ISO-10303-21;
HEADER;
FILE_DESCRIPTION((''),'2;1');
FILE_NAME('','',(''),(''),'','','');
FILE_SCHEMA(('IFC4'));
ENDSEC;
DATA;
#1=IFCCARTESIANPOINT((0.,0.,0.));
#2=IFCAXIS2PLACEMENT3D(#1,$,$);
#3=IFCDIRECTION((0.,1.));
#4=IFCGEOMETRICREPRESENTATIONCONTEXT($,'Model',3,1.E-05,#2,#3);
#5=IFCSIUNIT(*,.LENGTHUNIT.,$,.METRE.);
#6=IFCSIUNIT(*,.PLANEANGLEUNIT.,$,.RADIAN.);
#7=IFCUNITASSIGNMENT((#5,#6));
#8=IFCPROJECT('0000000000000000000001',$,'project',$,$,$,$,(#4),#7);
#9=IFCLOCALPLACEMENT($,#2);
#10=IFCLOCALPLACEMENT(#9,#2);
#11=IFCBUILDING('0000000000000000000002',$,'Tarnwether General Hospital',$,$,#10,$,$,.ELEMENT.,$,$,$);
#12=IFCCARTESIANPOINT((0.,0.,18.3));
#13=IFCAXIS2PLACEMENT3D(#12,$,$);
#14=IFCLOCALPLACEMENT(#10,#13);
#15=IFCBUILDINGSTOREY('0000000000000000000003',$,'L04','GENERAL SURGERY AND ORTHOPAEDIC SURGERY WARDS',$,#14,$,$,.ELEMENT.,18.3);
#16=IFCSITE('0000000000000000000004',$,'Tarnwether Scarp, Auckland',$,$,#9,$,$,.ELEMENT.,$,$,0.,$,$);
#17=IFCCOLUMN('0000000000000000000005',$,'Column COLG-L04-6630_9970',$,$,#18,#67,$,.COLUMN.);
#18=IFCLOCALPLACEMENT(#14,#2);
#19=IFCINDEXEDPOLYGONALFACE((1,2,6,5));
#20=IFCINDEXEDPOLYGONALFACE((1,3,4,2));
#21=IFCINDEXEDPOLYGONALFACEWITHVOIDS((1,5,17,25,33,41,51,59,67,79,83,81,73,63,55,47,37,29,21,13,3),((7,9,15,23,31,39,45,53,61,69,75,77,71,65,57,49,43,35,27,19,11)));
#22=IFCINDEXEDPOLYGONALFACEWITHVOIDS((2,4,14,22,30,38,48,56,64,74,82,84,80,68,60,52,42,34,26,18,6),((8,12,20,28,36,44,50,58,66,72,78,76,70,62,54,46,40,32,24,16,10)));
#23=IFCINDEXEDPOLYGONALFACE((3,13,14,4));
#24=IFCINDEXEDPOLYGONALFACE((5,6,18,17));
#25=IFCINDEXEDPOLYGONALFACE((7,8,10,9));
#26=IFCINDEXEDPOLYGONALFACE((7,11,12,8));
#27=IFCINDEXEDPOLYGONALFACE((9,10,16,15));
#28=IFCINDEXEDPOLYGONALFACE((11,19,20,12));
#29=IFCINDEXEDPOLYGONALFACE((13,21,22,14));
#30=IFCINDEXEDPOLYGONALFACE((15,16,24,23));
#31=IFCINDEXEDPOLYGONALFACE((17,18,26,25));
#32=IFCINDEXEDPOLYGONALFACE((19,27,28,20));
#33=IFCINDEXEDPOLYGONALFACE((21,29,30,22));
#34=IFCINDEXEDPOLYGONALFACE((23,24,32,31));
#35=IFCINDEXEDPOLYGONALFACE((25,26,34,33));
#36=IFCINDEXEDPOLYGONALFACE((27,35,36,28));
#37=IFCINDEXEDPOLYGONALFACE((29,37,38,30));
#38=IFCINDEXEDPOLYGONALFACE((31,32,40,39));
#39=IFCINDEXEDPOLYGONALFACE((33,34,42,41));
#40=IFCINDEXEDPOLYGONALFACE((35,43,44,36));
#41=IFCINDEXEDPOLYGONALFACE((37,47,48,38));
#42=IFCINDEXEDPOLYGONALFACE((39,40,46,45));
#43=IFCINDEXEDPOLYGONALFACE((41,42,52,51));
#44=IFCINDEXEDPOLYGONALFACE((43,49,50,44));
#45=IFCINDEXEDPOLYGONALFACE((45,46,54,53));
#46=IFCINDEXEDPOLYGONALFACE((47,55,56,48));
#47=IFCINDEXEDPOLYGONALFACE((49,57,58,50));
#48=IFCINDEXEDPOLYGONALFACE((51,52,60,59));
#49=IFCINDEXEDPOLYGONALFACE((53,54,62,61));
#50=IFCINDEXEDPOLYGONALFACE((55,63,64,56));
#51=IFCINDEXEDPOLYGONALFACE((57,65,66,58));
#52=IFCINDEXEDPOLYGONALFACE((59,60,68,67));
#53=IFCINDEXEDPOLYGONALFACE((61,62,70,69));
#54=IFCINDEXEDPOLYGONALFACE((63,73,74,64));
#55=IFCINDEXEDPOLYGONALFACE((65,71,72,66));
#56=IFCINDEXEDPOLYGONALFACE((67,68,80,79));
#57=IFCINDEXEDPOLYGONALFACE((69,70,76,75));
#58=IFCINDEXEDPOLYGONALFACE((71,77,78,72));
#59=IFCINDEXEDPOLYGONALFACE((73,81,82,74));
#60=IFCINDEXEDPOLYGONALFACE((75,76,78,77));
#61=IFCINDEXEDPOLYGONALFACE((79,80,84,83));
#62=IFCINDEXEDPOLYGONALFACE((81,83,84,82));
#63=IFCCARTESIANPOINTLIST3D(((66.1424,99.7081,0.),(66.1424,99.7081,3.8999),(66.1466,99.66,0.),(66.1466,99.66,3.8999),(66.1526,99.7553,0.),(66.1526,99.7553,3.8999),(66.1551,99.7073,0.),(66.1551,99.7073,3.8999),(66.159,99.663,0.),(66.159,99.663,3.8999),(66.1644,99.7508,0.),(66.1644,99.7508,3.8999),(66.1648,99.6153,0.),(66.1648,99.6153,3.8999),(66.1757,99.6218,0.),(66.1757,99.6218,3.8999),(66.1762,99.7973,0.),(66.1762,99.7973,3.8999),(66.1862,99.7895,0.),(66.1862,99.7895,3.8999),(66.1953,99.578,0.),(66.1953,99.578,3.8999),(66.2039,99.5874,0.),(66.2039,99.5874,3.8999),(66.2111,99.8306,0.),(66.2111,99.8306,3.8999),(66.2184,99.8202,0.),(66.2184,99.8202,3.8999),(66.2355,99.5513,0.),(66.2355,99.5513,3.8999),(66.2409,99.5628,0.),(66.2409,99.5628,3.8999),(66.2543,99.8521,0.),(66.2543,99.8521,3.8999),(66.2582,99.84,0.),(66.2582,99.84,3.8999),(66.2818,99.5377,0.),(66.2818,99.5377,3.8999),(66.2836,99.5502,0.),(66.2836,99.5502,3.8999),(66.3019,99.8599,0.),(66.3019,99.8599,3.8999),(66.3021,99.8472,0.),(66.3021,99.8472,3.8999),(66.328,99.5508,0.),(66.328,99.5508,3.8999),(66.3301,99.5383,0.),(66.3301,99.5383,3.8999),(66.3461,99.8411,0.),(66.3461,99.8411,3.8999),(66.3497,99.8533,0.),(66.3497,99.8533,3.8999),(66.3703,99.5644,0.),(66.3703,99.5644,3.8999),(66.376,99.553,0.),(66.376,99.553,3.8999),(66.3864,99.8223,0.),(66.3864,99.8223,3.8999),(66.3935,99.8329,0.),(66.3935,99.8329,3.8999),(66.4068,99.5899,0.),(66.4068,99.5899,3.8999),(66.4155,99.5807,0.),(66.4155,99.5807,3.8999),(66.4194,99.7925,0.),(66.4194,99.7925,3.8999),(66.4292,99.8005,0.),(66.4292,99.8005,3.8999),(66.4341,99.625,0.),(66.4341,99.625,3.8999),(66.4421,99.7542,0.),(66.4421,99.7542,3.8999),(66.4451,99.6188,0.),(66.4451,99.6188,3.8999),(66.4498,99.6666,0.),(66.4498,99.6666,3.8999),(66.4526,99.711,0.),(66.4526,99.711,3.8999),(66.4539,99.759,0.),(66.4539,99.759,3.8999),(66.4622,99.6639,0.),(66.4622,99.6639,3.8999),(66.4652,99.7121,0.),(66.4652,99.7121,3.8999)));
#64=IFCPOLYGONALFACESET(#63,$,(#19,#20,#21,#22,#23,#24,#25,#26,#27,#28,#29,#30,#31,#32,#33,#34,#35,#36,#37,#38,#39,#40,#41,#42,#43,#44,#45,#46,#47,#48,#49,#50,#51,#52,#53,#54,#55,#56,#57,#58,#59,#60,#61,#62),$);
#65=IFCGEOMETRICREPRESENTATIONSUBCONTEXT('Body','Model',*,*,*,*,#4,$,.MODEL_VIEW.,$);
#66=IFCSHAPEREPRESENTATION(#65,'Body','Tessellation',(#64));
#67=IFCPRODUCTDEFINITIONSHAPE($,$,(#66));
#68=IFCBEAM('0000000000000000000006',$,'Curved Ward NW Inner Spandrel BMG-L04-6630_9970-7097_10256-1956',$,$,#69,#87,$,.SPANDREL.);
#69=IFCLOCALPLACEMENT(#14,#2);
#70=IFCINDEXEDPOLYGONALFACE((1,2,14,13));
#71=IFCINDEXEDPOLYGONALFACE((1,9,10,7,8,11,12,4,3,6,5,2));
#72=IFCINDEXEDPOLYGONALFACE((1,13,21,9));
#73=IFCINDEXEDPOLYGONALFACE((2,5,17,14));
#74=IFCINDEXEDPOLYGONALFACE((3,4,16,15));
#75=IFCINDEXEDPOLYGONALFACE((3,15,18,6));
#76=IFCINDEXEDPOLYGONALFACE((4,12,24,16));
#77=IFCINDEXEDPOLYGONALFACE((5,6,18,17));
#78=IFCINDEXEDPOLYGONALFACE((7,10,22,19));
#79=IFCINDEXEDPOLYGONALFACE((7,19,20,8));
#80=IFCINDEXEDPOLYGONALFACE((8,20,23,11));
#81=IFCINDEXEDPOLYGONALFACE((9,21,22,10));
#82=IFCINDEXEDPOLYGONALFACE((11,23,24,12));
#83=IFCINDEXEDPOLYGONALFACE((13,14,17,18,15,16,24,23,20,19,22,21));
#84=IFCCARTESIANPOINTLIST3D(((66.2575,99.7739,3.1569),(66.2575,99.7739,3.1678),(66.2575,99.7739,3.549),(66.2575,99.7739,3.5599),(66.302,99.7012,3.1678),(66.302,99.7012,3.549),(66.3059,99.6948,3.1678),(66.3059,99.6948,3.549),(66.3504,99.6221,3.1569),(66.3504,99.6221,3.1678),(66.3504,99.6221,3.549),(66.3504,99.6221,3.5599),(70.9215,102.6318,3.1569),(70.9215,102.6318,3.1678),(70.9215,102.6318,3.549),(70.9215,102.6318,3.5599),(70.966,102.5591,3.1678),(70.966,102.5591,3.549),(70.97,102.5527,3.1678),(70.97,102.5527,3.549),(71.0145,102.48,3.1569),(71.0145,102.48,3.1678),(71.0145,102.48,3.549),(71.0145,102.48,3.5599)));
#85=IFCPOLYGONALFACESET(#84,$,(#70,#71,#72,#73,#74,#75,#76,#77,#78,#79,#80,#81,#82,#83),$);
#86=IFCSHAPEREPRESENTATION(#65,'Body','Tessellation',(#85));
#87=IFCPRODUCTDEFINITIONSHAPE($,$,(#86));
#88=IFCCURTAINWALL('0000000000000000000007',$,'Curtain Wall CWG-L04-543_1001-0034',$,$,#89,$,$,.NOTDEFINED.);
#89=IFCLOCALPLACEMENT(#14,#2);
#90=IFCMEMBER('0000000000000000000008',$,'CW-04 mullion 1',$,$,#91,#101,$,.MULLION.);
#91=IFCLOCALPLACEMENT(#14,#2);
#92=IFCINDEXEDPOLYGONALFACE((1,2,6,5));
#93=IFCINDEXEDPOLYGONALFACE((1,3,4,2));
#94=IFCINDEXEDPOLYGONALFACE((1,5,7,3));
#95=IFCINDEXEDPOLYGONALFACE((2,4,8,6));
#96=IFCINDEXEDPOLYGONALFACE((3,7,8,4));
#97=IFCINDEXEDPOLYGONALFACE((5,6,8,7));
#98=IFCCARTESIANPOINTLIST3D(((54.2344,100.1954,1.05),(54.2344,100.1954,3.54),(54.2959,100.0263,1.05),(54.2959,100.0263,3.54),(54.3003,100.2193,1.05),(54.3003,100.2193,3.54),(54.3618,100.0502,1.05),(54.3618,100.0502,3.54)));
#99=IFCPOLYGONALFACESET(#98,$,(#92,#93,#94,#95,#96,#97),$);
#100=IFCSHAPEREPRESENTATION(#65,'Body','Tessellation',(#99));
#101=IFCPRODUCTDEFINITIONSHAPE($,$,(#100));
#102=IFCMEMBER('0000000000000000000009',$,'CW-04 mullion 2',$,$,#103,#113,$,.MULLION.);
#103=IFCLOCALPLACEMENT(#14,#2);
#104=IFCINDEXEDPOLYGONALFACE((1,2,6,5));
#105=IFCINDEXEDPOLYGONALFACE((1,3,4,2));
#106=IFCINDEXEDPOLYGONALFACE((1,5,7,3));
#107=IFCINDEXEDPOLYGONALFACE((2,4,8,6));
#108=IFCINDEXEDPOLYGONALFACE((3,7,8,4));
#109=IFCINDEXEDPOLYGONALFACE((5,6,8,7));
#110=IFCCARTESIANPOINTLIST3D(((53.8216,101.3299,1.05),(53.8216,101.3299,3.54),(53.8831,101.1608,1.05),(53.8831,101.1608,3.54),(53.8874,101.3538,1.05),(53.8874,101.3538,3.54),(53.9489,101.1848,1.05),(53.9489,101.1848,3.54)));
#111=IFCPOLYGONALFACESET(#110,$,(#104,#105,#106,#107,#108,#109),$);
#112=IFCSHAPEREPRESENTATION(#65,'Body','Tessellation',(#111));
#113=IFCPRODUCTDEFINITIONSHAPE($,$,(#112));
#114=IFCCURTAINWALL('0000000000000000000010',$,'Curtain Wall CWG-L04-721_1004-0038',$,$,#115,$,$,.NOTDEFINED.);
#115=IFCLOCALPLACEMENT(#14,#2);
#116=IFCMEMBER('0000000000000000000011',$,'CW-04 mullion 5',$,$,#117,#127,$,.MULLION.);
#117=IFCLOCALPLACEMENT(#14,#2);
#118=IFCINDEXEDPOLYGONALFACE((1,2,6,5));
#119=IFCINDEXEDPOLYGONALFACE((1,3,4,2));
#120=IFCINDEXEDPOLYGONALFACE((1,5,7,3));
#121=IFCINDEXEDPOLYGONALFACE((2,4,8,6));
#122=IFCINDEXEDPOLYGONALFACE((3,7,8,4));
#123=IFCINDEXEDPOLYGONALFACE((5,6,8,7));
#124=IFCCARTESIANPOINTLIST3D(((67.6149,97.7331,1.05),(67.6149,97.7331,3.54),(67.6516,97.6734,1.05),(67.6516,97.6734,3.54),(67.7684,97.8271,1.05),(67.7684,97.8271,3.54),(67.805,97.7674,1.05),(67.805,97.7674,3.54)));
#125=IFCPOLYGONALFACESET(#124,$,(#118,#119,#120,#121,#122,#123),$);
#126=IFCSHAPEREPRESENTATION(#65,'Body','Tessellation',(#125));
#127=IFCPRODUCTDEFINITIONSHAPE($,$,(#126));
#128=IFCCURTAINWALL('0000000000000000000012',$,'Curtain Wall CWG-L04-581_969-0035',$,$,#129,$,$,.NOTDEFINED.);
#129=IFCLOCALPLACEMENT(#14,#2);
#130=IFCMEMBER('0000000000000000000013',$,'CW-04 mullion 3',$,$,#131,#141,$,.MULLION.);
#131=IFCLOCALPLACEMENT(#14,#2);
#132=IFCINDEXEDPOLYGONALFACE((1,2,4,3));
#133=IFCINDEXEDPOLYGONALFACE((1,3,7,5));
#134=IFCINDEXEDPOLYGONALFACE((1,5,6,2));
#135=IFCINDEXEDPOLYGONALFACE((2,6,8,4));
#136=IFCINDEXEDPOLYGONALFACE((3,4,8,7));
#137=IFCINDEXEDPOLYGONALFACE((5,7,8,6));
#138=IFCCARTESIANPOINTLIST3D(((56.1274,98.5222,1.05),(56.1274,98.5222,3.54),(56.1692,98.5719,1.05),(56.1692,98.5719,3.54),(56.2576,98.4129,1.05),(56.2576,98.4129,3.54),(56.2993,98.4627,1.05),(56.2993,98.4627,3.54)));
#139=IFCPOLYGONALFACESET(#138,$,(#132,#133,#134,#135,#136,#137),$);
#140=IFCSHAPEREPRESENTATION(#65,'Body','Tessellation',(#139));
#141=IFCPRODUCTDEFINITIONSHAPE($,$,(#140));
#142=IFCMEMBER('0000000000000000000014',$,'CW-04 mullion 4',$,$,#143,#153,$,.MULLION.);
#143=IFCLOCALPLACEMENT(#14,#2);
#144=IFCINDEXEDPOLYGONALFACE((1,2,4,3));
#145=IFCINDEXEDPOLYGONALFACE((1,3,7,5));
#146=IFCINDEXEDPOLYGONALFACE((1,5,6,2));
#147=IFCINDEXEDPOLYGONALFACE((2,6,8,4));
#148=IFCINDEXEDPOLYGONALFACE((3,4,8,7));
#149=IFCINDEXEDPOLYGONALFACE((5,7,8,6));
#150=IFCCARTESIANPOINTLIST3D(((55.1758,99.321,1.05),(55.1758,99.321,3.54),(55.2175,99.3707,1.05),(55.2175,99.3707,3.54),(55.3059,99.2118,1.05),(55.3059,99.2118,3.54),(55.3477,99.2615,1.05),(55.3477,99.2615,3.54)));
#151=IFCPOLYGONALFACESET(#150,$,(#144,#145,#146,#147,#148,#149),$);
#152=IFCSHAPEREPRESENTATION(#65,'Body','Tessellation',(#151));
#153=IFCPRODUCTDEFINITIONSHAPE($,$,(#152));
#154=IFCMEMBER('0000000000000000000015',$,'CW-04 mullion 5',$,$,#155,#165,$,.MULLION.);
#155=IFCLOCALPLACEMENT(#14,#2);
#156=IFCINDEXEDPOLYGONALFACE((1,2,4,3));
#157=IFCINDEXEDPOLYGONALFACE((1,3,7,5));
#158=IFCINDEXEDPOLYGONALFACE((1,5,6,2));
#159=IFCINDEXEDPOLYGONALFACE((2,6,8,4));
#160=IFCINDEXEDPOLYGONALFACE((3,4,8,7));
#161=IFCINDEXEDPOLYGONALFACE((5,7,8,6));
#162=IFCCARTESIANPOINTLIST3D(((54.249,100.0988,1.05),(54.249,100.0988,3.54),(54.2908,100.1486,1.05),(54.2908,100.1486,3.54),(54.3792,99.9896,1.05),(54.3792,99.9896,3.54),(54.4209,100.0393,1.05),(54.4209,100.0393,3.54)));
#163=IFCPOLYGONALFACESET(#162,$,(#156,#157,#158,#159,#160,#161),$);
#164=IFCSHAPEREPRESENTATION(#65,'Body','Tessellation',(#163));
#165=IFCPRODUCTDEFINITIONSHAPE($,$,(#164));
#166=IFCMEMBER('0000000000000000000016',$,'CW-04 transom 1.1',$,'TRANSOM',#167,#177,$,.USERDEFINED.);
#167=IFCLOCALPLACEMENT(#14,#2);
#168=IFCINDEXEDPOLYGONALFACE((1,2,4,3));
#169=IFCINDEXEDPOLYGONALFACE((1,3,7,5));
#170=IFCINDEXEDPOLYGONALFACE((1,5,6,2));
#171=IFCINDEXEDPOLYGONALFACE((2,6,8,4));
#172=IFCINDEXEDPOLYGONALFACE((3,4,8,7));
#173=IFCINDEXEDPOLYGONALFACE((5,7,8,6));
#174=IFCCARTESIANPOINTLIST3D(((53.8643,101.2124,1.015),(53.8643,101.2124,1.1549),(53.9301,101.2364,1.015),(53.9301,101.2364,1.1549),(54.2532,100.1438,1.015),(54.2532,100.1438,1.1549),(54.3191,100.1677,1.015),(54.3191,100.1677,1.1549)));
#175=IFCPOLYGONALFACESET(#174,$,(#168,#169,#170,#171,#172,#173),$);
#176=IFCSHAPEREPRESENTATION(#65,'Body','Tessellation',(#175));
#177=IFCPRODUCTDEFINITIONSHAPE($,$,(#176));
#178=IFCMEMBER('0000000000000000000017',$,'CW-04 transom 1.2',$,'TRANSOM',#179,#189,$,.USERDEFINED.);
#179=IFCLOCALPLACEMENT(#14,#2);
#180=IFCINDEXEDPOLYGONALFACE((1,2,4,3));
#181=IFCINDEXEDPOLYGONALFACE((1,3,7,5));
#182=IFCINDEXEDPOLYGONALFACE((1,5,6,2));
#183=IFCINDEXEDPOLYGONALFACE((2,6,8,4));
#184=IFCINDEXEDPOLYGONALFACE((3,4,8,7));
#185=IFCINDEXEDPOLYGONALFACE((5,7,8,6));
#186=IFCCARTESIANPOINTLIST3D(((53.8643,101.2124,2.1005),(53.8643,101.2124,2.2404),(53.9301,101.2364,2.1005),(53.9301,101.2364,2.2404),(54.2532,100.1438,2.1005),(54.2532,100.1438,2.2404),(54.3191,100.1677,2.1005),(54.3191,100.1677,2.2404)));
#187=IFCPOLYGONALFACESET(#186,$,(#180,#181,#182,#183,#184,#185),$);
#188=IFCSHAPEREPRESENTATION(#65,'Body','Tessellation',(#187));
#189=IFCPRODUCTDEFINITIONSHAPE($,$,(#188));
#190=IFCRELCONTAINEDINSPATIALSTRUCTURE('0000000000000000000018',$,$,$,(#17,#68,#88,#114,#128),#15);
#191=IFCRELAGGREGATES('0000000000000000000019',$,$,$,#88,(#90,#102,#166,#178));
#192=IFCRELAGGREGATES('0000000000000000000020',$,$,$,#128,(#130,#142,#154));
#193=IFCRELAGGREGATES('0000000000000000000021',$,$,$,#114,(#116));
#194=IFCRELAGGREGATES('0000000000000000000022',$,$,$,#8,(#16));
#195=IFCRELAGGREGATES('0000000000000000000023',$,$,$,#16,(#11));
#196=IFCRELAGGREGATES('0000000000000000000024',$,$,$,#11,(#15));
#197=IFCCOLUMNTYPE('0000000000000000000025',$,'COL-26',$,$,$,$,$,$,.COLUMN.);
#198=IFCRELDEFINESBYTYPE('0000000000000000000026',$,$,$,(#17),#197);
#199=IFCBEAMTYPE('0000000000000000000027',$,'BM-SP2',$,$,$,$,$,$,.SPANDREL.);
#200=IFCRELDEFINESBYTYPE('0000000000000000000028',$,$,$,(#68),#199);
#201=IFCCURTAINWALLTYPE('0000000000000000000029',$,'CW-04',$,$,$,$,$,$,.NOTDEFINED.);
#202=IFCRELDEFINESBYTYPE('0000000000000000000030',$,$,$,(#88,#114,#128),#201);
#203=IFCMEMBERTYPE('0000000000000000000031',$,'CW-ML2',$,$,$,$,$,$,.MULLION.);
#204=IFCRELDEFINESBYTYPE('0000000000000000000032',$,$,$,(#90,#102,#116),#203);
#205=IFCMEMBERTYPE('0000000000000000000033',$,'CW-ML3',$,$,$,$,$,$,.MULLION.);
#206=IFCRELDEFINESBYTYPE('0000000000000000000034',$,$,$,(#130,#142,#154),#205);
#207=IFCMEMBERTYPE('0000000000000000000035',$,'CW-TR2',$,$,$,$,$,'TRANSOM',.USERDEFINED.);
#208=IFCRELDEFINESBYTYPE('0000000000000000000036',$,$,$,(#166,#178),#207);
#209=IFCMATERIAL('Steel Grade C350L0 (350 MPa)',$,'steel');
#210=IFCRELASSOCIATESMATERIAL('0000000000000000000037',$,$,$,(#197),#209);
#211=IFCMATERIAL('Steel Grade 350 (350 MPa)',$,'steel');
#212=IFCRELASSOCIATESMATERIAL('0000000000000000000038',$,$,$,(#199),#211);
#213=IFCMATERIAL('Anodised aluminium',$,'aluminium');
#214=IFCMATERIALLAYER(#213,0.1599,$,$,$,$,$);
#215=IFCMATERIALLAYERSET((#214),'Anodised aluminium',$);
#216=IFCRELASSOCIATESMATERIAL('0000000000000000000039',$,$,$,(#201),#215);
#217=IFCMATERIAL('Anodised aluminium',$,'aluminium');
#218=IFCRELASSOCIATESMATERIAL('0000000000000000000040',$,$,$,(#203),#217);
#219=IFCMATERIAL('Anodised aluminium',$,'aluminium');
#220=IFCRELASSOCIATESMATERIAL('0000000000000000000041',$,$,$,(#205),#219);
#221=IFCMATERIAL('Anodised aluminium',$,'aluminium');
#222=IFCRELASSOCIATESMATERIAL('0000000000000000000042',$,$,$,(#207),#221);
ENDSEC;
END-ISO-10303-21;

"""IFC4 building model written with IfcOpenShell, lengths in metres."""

from ifc_helpers import new_model, si_unit, direction, frame, origin, origin_2d, place, context, subcontext, project, spatial, rectangle, hollow_circle, i_section, extrude, material, layer, layer_set, material_profile, profile_set, type_object, element, aggregate, save


model = new_model("IFC4")

# Units and contexts
model_context = context("Model", 3, precision=1e-05, world=origin(), true_north=direction((0.0, 1.0)))
body_context = subcontext(model_context, "Body", "Model", "MODEL_VIEW")
ifc_project = project(units=[si_unit("LENGTHUNIT", "METRE"), si_unit("PLANEANGLEUNIT", "RADIAN")], contexts=[model_context])

# Site, building, storey
site_placement = place(None, origin())
site = spatial("IfcSite", under=ifc_project, at=site_placement, Name="Tarnwether Scarp, Auckland", CompositionType="ELEMENT", RefElevation=0.0)
building_placement = place(site_placement, origin())
building = spatial("IfcBuilding", under=site, at=building_placement, Name="Tarnwether General Hospital", CompositionType="ELEMENT")
storey_placement = place(building_placement, frame((0.0, 0.0, 18.3)))
storey = spatial("IfcBuildingStorey", under=building, at=storey_placement, Name="L04", Description="GENERAL SURGERY AND ORTHOPAEDIC SURGERY WARDS", CompositionType="ELEMENT", Elevation=18.3)

# Column
ifc_material_1 = material(Name="Steel Grade C350L0 (350 MPa)", Category="steel")
ifc_material_profile_1 = material_profile(ifc_material_1, hollow_circle(Radius=0.1619, WallThickness=0.0127, at=origin_2d()), Name="CHS323.9x12.7")
ifc_profile_set_1 = profile_set([ifc_material_profile_1], Name="Steel Grade C350L0 (350 MPa)")
column_type = type_object("IfcColumnType", Name="COL-26", PredefinedType="COLUMN", material=ifc_profile_set_1)
column_placement = place(storey_placement, frame((66.304, 99.698, 0.0), z_axis=(0.0, 0.0, 1.0), x_axis=(-0.573576, 0.819152, 0.0)))
element("IfcColumn", 1, at=column_placement, inside=storey, type_object=column_type, Name="Column COLG-L04-6630_9970", PredefinedType="COLUMN", context=body_context, shape_type="SweptSolid", body=[
    extrude(hollow_circle(Radius=0.1619, WallThickness=0.0127, at=origin_2d()), origin(), (0.0, 0.0, 1.0), 3.8999),
])

# Beam
ifc_material_2 = material(Name="Steel Grade 350 (350 MPa)", Category="steel")
ifc_material_profile_2 = material_profile(ifc_material_2, i_section(OverallWidth=0.178, OverallDepth=0.4031, WebThickness=0.0076, FlangeThickness=0.011, at=origin_2d()), Name="410UB53.7")
ifc_profile_set_2 = profile_set([ifc_material_profile_2], Name="Steel Grade 350 (350 MPa)")
beam_type = type_object("IfcBeamType", Name="BM-SP2", PredefinedType="SPANDREL", material=ifc_profile_set_2)
beam_placement = place(storey_placement, frame((66.304, 99.698, 3.3584), z_axis=(0.852659, 0.522468, 0.0), x_axis=(-0.522468, 0.852659, 0.0)))
element("IfcBeam", 2, at=beam_placement, inside=storey, type_object=beam_type, Name="Curved Ward NW Inner Spandrel BMG-L04-6630_9970-7097_10256-1956", PredefinedType="SPANDREL", context=body_context, shape_type="SweptSolid", body=[
    extrude(i_section(OverallWidth=0.178, OverallDepth=0.4031, WebThickness=0.0076, FlangeThickness=0.011, at=origin_2d()), origin(), (0.0, 0.0, 1.0), 5.47),
])

# Curtain wall, members
ifc_material_3 = material(Name="Anodised aluminium", Category="aluminium")
ifc_layer_1 = layer(ifc_material_3, 0.1599)
ifc_layer_set_1 = layer_set([ifc_layer_1], Name="Anodised aluminium")
curtain_wall_type = type_object("IfcCurtainWallType", Name="CW-04", PredefinedType="NOTDEFINED", material=ifc_layer_set_1)
curtain_wall_1_placement = place(storey_placement, origin())
curtain_wall_1 = element("IfcCurtainWall", 3, at=curtain_wall_1_placement, inside=storey, type_object=curtain_wall_type, Name="Curtain Wall CWG-L04-543_1001-0034", PredefinedType="NOTDEFINED")
ifc_material_4 = material(Name="Anodised aluminium", Category="aluminium")
ifc_material_profile_3 = material_profile(ifc_material_4, rectangle(XDim=0.0701, YDim=0.1799, at=origin_2d()), Name="ALU-MUL-70x180")
ifc_profile_set_3 = profile_set([ifc_material_profile_3], Name="Anodised aluminium")
member_type_1 = type_object("IfcMemberType", Name="CW-ML2", PredefinedType="MULLION", material=ifc_profile_set_3)
member_1_placement = place(storey_placement, frame((54.2981, 100.1228, 1.05), z_axis=(0.0, 0.0, 1.0), x_axis=(-0.939717, -0.341953, 0.0)))
member_1 = element("IfcMember", 4, at=member_1_placement, type_object=member_type_1, Name="CW-04 mullion 1", PredefinedType="MULLION", context=body_context, shape_type="SweptSolid", body=[
    extrude(rectangle(XDim=0.0701, YDim=0.1799, at=origin_2d()), origin(), (0.0, 0.0, 1.0), 2.49),
])
member_2_placement = place(storey_placement, frame((53.8853, 101.2573, 1.05), z_axis=(0.0, 0.0, 1.0), x_axis=(-0.939717, -0.341953, 0.0)))
member_2 = element("IfcMember", 5, at=member_2_placement, type_object=member_type_1, Name="CW-04 mullion 2", PredefinedType="MULLION", context=body_context, shape_type="SweptSolid", body=[
    extrude(rectangle(XDim=0.0701, YDim=0.1799, at=origin_2d()), origin(), (0.0, 0.0, 1.0), 2.49),
])

# Curtain wall, member
curtain_wall_2_placement = place(storey_placement, origin())
curtain_wall_2 = element("IfcCurtainWall", 6, at=curtain_wall_2_placement, inside=storey, type_object=curtain_wall_type, Name="Curtain Wall CWG-L04-721_1004-0038", PredefinedType="NOTDEFINED")
member_3_placement = place(storey_placement, frame((67.71, 97.7502, 1.05), z_axis=(0.0, 0.0, 1.0), x_axis=(0.522512, -0.852632, 0.0)))
member_3 = element("IfcMember", 7, at=member_3_placement, type_object=member_type_1, Name="CW-04 mullion 5", PredefinedType="MULLION", context=body_context, shape_type="SweptSolid", body=[
    extrude(rectangle(XDim=0.0701, YDim=0.1799, at=origin_2d()), origin(), (0.0, 0.0, 1.0), 2.49),
])

# Curtain wall, members
curtain_wall_3_placement = place(storey_placement, origin())
curtain_wall_3 = element("IfcCurtainWall", 8, at=curtain_wall_3_placement, inside=storey, type_object=curtain_wall_type, Name="Curtain Wall CWG-L04-581_969-0035", PredefinedType="NOTDEFINED")
ifc_material_5 = material(Name="Anodised aluminium", Category="aluminium")
ifc_material_profile_4 = material_profile(ifc_material_5, rectangle(XDim=0.0649, YDim=0.1699, at=origin_2d()), Name="ALU-MUL-65x170")
ifc_profile_set_4 = profile_set([ifc_material_profile_4], Name="Anodised aluminium")
member_type_2 = type_object("IfcMemberType", Name="CW-ML3", PredefinedType="MULLION", material=ifc_profile_set_4)
member_4_placement = place(storey_placement, frame((56.2134, 98.4924, 1.05), z_axis=(0.0, 0.0, 1.0), x_axis=(-0.642852, -0.76599, 0.0)))
member_4 = element("IfcMember", 9, at=member_4_placement, type_object=member_type_2, Name="CW-04 mullion 3", PredefinedType="MULLION", context=body_context, shape_type="SweptSolid", body=[
    extrude(rectangle(XDim=0.0649, YDim=0.1699, at=origin_2d()), origin(), (0.0, 0.0, 1.0), 2.49),
])
member_5_placement = place(storey_placement, frame((55.2617, 99.2913, 1.05), z_axis=(0.0, 0.0, 1.0), x_axis=(-0.642852, -0.76599, 0.0)))
member_5 = element("IfcMember", 10, at=member_5_placement, type_object=member_type_2, Name="CW-04 mullion 4", PredefinedType="MULLION", context=body_context, shape_type="SweptSolid", body=[
    extrude(rectangle(XDim=0.0649, YDim=0.1699, at=origin_2d()), origin(), (0.0, 0.0, 1.0), 2.49),
])
member_6_placement = place(storey_placement, frame((54.335, 100.0691, 1.05), z_axis=(0.0, 0.0, 1.0), x_axis=(-0.642852, -0.76599, 0.0)))
member_6 = element("IfcMember", 11, at=member_6_placement, type_object=member_type_2, Name="CW-04 mullion 5", PredefinedType="MULLION", context=body_context, shape_type="SweptSolid", body=[
    extrude(rectangle(XDim=0.0649, YDim=0.1699, at=origin_2d()), origin(), (0.0, 0.0, 1.0), 2.49),
])

# Members
ifc_material_6 = material(Name="Anodised aluminium", Category="aluminium")
ifc_material_profile_5 = material_profile(ifc_material_6, rectangle(XDim=0.0701, YDim=0.1399, at=origin_2d()), Name="ALU-TRN-70x140")
ifc_profile_set_5 = profile_set([ifc_material_profile_5], Name="Anodised aluminium")
member_type_3 = type_object("IfcMemberType", Name="CW-TR2", ElementType="TRANSOM", PredefinedType="USERDEFINED", material=ifc_profile_set_5)
member_7_placement = place(storey_placement, frame((54.2861, 100.1558, 1.085), z_axis=(-0.342002, 0.939699, 0.0), x_axis=(-0.939699, -0.342002, 0.0)))
member_7 = element("IfcMember", 12, at=member_7_placement, type_object=member_type_3, Name="CW-04 transom 1.1", ObjectType="TRANSOM", PredefinedType="USERDEFINED", context=body_context, shape_type="SweptSolid", body=[
    extrude(rectangle(XDim=0.0701, YDim=0.1399, at=origin_2d()), origin(), (0.0, 0.0, 1.0), 1.1372),
])
member_8_placement = place(storey_placement, frame((54.2861, 100.1558, 2.1704), z_axis=(-0.342002, 0.939699, 0.0), x_axis=(-0.939699, -0.342002, 0.0)))
member_8 = element("IfcMember", 13, at=member_8_placement, type_object=member_type_3, Name="CW-04 transom 1.2", ObjectType="TRANSOM", PredefinedType="USERDEFINED", context=body_context, shape_type="SweptSolid", body=[
    extrude(rectangle(XDim=0.0701, YDim=0.1399, at=origin_2d()), origin(), (0.0, 0.0, 1.0), 1.1372),
])

aggregate(curtain_wall_1, [member_1, member_2, member_7, member_8])
aggregate(curtain_wall_3, [member_4, member_5, member_6])
aggregate(curtain_wall_2, [member_3])

save(model, "model.ifc")
